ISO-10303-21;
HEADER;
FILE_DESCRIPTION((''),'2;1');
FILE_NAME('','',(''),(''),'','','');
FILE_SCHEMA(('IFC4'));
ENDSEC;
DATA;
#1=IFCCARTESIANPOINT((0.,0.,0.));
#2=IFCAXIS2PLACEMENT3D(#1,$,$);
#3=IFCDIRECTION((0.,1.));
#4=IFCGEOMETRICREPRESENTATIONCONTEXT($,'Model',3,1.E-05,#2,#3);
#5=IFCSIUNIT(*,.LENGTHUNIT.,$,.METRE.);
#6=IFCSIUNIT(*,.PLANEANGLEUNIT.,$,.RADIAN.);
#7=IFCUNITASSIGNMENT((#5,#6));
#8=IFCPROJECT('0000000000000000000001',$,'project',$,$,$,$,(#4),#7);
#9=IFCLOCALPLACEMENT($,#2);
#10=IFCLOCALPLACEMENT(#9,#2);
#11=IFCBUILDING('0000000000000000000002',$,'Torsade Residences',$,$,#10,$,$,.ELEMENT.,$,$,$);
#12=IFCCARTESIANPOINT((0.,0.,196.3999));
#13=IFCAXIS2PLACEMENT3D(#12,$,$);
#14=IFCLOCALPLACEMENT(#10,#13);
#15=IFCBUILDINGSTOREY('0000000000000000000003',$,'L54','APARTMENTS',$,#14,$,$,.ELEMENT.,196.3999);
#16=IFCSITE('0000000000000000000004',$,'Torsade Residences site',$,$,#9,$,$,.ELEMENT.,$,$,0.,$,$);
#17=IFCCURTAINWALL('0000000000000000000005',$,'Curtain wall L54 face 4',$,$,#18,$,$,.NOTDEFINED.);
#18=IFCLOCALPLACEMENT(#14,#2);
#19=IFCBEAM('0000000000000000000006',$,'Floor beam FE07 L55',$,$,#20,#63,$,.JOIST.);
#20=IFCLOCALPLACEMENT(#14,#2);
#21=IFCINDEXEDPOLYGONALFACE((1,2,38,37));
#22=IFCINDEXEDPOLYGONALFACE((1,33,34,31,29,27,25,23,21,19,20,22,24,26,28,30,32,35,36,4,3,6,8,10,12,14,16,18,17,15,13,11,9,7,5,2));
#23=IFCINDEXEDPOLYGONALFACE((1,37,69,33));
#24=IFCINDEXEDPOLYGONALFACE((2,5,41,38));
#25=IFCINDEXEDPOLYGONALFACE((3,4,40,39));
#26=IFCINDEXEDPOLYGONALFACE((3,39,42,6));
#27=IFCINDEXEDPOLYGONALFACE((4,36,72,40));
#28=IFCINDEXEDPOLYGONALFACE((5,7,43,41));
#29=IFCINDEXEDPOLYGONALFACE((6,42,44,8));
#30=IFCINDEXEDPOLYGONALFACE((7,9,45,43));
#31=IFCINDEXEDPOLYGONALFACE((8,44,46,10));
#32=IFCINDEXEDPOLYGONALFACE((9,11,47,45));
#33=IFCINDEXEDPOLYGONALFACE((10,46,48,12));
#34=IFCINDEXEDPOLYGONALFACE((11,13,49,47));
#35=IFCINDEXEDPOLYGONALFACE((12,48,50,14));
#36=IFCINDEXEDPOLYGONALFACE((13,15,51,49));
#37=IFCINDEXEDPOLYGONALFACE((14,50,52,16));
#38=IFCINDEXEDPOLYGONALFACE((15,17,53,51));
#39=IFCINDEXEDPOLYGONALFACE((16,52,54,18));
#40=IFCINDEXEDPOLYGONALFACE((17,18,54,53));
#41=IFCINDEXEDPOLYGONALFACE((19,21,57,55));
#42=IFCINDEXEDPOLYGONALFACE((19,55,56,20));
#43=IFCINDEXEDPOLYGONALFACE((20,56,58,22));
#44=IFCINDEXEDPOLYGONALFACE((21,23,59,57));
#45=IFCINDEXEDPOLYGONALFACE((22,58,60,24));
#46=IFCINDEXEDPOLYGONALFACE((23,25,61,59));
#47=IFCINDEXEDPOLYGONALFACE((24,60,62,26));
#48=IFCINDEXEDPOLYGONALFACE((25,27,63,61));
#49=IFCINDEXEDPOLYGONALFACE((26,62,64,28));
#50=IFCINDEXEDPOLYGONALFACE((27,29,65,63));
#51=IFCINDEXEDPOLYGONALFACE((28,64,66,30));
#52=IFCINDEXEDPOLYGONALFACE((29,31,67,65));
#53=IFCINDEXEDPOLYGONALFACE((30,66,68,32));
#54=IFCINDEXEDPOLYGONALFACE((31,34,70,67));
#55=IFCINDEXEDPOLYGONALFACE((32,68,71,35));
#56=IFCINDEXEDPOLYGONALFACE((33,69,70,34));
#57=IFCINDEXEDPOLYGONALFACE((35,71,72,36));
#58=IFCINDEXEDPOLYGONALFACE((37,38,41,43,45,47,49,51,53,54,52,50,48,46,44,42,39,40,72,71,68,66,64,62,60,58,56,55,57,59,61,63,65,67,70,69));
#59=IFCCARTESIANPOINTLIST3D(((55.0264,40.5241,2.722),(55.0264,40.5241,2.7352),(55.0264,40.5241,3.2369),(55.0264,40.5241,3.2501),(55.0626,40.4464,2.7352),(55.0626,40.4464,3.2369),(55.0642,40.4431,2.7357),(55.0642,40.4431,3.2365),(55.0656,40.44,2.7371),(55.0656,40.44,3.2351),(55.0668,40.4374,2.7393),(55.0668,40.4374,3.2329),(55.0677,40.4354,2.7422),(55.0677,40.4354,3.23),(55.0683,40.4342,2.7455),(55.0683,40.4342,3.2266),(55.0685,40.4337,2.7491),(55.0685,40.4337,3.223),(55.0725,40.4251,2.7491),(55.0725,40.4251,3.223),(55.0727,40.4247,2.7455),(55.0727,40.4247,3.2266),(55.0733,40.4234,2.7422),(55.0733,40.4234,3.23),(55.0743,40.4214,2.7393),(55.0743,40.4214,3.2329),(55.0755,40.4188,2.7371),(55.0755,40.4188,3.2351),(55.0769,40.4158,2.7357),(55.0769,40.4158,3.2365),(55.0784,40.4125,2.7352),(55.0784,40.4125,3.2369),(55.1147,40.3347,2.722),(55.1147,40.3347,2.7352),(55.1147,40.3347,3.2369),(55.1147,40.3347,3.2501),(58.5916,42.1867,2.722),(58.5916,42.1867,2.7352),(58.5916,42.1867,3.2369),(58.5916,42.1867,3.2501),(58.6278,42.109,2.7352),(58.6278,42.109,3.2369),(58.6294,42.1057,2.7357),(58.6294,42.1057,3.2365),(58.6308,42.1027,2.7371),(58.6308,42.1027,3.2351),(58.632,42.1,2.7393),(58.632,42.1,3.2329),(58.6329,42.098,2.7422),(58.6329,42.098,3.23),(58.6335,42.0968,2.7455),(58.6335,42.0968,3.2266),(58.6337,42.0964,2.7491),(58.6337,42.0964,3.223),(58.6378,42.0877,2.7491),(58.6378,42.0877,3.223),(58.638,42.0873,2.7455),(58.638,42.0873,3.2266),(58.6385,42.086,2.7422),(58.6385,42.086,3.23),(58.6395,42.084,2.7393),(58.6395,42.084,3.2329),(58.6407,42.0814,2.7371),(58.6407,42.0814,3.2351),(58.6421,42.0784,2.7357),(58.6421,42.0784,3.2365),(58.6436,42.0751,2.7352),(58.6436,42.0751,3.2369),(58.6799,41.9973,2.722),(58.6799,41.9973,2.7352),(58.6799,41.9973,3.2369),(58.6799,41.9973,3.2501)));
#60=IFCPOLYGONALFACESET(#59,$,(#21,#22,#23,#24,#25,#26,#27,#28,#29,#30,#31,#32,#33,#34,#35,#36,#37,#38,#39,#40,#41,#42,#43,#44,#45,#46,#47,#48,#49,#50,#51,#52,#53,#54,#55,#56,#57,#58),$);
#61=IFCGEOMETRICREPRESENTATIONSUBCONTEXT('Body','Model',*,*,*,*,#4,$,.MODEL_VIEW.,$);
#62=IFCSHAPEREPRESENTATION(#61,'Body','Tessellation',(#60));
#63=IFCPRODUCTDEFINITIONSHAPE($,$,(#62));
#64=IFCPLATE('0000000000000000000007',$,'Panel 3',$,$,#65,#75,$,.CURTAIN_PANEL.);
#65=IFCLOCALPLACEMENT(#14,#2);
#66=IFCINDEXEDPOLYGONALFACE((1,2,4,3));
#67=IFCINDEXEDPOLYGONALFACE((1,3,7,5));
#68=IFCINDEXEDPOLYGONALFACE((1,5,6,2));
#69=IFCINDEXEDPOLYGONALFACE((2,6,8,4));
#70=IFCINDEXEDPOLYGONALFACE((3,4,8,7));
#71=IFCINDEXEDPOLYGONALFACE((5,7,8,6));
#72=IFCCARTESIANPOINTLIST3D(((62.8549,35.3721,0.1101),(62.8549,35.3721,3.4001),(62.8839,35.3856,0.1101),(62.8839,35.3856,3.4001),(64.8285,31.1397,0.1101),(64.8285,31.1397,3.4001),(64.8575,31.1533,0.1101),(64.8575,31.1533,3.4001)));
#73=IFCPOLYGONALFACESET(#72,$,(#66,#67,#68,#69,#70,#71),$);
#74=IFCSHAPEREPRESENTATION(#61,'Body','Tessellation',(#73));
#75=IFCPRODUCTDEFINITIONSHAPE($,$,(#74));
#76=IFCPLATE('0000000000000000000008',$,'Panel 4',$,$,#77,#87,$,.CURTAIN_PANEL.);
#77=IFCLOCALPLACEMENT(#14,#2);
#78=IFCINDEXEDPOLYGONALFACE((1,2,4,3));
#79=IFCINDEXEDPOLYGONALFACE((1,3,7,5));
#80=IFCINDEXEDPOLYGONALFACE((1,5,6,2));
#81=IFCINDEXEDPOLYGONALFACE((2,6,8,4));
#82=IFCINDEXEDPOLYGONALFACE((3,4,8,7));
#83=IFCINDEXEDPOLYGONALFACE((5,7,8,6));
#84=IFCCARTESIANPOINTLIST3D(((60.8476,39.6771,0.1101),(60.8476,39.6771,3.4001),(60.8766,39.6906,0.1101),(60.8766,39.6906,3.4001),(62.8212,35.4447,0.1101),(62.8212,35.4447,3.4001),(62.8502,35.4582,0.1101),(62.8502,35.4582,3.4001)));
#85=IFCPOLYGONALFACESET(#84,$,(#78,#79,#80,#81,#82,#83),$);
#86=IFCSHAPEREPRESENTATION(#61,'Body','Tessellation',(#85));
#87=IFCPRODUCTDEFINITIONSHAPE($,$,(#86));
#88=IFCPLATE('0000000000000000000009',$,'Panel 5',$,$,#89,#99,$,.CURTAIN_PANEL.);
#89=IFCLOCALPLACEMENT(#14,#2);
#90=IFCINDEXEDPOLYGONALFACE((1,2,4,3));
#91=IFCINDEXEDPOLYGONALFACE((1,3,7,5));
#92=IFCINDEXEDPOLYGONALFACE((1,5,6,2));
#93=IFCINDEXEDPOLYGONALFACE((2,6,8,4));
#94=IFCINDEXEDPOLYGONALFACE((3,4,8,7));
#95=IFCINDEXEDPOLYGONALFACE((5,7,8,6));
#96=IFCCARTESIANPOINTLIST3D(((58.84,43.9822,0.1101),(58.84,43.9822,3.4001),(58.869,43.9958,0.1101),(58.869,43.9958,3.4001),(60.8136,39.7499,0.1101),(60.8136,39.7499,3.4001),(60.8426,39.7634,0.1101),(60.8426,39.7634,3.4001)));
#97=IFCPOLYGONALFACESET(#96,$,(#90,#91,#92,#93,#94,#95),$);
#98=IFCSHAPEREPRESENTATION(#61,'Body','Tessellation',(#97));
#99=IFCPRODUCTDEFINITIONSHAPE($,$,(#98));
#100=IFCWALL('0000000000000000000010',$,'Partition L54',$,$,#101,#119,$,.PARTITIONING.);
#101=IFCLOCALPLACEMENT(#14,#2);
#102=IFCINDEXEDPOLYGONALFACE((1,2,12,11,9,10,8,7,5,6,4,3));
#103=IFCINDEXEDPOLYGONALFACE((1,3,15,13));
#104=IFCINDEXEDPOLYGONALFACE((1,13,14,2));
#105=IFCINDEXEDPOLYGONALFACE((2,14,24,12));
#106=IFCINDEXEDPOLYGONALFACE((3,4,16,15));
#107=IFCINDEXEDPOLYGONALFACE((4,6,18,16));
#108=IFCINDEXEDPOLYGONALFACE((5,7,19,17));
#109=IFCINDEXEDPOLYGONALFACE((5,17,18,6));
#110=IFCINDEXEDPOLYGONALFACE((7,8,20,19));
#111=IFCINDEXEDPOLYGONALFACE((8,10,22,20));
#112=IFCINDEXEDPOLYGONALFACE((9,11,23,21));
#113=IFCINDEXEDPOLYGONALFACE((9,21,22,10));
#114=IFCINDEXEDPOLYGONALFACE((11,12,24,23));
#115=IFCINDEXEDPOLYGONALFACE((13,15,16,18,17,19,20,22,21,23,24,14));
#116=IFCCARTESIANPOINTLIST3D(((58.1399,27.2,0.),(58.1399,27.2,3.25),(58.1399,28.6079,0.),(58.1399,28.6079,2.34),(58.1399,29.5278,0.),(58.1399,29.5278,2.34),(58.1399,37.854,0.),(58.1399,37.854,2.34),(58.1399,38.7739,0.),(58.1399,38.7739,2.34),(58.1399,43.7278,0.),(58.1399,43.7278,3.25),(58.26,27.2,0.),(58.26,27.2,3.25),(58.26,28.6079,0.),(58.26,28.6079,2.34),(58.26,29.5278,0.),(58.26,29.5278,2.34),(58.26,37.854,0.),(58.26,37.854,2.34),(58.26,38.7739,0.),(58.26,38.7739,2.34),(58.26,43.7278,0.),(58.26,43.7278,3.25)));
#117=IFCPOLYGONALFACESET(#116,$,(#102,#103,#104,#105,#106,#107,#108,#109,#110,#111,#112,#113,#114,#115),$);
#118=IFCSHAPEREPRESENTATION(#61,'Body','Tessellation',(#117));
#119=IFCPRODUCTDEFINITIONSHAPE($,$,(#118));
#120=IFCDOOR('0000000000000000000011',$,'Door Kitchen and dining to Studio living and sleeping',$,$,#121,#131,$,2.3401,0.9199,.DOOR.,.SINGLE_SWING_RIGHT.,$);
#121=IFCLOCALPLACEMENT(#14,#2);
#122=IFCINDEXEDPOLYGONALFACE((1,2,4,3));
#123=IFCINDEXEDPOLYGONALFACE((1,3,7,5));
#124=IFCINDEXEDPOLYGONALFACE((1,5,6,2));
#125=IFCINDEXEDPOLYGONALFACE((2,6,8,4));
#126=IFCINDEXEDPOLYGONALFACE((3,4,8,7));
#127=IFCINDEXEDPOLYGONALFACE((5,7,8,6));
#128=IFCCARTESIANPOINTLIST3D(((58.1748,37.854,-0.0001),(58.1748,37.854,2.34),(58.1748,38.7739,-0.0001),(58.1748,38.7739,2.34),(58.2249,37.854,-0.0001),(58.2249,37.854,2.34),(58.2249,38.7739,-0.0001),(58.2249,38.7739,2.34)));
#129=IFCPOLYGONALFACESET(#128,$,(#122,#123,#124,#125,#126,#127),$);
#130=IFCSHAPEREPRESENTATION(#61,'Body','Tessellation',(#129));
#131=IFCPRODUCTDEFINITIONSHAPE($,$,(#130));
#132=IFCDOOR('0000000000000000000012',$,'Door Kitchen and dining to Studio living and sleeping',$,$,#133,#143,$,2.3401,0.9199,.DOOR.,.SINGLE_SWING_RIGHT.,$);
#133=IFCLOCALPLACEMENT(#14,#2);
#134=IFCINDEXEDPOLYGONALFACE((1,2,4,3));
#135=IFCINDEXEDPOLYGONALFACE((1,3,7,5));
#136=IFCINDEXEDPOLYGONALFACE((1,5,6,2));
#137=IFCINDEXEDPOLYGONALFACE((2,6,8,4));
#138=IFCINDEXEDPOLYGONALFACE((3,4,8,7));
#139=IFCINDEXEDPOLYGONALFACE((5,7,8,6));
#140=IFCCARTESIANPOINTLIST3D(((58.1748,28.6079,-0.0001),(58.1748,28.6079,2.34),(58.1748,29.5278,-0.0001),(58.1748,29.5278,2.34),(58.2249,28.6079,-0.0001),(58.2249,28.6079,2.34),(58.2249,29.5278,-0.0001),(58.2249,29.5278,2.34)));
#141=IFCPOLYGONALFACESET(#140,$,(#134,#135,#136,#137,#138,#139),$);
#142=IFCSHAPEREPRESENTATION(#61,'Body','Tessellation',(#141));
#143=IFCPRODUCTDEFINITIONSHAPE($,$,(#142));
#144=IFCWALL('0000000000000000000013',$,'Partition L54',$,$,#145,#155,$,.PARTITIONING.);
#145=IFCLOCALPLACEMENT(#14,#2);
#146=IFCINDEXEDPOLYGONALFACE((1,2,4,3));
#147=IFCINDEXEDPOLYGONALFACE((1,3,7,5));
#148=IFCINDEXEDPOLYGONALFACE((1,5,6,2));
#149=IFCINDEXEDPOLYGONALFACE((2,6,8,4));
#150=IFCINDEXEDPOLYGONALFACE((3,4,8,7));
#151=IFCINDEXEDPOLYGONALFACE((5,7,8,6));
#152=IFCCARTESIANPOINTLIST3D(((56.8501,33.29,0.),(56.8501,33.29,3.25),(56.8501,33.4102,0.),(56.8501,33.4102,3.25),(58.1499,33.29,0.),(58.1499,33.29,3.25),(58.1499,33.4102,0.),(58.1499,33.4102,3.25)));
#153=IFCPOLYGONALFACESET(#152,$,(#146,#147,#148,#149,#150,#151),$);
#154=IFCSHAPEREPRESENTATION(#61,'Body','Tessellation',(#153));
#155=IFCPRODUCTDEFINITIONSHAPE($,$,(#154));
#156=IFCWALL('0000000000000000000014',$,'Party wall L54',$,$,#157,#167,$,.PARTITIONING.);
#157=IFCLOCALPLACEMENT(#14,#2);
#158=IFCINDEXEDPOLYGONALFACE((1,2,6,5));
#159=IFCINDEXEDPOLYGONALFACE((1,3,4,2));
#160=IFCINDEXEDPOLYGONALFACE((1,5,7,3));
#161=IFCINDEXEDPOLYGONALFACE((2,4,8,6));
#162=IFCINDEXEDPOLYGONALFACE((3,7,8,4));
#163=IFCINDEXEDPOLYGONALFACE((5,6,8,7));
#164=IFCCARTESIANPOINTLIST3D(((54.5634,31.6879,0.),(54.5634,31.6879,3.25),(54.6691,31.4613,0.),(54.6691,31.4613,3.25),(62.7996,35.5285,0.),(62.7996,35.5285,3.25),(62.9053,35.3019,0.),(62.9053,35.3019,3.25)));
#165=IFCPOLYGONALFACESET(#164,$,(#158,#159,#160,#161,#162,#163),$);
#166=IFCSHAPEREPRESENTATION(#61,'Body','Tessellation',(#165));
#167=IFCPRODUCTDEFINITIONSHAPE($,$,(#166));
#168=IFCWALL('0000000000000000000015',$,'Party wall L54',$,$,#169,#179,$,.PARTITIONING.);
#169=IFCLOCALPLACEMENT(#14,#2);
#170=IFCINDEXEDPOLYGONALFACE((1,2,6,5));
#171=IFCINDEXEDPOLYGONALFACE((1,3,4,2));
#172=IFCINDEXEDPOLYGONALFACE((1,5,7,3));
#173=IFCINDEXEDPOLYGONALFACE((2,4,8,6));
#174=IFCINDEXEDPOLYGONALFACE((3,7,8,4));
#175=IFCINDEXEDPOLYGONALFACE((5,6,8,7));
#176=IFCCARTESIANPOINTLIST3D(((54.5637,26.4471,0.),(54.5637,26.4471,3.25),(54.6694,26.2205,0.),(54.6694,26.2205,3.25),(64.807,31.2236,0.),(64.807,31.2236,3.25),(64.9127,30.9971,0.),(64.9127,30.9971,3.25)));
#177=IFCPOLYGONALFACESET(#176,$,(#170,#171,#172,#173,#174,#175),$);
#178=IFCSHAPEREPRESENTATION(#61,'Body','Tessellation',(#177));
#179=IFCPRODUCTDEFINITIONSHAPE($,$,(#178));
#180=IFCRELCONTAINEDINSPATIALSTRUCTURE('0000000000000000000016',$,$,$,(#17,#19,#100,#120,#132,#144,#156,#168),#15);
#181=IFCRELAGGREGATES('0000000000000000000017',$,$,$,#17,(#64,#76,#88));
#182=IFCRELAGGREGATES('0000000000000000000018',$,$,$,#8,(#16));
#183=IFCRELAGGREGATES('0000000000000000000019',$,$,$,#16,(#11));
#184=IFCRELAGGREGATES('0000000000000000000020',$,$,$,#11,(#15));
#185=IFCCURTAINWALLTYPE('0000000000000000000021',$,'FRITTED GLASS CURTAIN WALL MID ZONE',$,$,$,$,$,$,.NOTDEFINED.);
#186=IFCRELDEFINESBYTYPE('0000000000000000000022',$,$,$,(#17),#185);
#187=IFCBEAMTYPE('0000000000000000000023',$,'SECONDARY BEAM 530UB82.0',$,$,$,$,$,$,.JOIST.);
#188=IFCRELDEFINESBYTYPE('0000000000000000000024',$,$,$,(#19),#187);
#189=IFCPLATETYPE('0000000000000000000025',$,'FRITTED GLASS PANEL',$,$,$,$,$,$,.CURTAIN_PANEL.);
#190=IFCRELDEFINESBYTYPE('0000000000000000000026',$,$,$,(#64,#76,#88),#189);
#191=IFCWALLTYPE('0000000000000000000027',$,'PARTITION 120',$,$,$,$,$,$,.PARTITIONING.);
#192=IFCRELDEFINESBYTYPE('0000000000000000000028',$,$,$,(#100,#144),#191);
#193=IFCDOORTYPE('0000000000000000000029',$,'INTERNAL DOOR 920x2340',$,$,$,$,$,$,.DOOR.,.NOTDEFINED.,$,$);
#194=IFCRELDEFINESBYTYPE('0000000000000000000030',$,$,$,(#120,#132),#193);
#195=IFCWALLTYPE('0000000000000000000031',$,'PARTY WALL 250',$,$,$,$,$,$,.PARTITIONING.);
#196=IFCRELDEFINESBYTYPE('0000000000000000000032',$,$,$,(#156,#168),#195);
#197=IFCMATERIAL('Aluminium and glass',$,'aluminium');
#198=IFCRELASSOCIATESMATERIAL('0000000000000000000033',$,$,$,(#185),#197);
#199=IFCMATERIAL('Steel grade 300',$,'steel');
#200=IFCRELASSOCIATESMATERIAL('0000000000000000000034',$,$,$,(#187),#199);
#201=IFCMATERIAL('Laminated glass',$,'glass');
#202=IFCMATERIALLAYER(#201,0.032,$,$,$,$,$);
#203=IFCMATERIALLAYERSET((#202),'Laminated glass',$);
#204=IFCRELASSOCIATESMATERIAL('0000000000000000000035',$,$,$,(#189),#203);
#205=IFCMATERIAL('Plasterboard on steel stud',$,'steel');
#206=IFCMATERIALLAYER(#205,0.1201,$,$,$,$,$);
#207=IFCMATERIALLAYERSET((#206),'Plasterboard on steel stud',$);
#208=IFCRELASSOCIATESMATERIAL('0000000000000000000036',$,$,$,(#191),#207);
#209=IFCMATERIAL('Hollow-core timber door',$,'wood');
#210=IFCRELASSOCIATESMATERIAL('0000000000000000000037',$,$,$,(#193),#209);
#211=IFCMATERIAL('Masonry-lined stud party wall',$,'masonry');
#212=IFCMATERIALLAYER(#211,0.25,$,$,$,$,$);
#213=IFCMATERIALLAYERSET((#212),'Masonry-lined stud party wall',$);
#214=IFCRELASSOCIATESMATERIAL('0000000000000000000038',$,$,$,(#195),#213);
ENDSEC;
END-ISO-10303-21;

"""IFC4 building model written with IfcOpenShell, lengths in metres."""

from ifc_helpers import new_model, si_unit, direction, frame, frame_2d, origin, origin_2d, place, context, subcontext, project, spatial, rectangle, i_section, extrude, material, layer, layer_set, material_profile, profile_set, type_object, element, fill, aggregate, save


model = new_model("IFC4")

# Units and contexts
model_context = context("Model", 3, precision=1e-05, world=origin(), true_north=direction((0.0, 1.0)))
body_context = subcontext(model_context, "Body", "Model", "MODEL_VIEW")
ifc_project = project(units=[si_unit("LENGTHUNIT", "METRE"), si_unit("PLANEANGLEUNIT", "RADIAN")], contexts=[model_context])

# Site, building, storey
site_placement = place(None, origin())
site = spatial("IfcSite", under=ifc_project, at=site_placement, Name="Torsade Residences site", CompositionType="ELEMENT", RefElevation=0.0)
building_placement = place(site_placement, origin())
building = spatial("IfcBuilding", under=site, at=building_placement, Name="Torsade Residences", CompositionType="ELEMENT")
storey_placement = place(building_placement, frame((0.0, 0.0, 196.3999)))
storey = spatial("IfcBuildingStorey", under=building, at=storey_placement, Name="L54", Description="APARTMENTS", CompositionType="ELEMENT", Elevation=196.3999)

# Curtain wall
ifc_material_1 = material(Name="Aluminium and glass", Category="aluminium")
curtain_wall_type = type_object("IfcCurtainWallType", Name="FRITTED GLASS CURTAIN WALL MID ZONE", PredefinedType="NOTDEFINED", material=ifc_material_1)
curtain_wall_placement = place(storey_placement, origin())
curtain_wall = element("IfcCurtainWall", 1, at=curtain_wall_placement, inside=storey, type_object=curtain_wall_type, Name="Curtain wall L54 face 4", PredefinedType="NOTDEFINED")

# Beam
ifc_material_2 = material(Name="Steel grade 300", Category="steel")
ifc_material_profile_1 = material_profile(ifc_material_2, i_section(OverallWidth=0.209, OverallDepth=0.5281, WebThickness=0.0095, FlangeThickness=0.0132, FilletRadius=0.0139, at=origin_2d()), Name="530UB82.0")
ifc_profile_set_1 = profile_set([ifc_material_profile_1], Name="Steel grade 300")
beam_type_1 = type_object("IfcBeamType", Name="SECONDARY BEAM 530UB82.0", PredefinedType="JOIST", material=ifc_profile_set_1)
beam_1_placement = place(storey_placement, frame((58.6357, 42.092, 2.9861), z_axis=(-0.906296, -0.422644, 0.0), x_axis=(0.422644, -0.906296, 0.0)))
element("IfcBeam", 2, at=beam_1_placement, inside=storey, type_object=beam_type_1, Name="Floor beam FE07 L55", PredefinedType="JOIST", context=body_context, shape_type="SweptSolid", body=[
    extrude(i_section(OverallWidth=0.209, OverallDepth=0.5281, WebThickness=0.0095, FlangeThickness=0.0132, FilletRadius=0.0139, at=origin_2d()), origin(), (0.0, 0.0, 1.0), 3.9338),
])

# Plates
ifc_material_3 = material(Name="Laminated glass", Category="glass")
ifc_layer_1 = layer(ifc_material_3, 0.032)
ifc_layer_set_1 = layer_set([ifc_layer_1], Name="Laminated glass")
plate_type = type_object("IfcPlateType", Name="FRITTED GLASS PANEL", PredefinedType="CURTAIN_PANEL", material=ifc_layer_set_1)
plate_1_placement = place(storey_placement, frame((63.8562, 33.2627, 0.1101), z_axis=(0.0, 0.0, 1.0), x_axis=(-0.422618, 0.906308, 0.0)))
plate_1 = element("IfcPlate", 3, at=plate_1_placement, type_object=plate_type, Name="Panel 3", PredefinedType="CURTAIN_PANEL", context=body_context, shape_type="SweptSolid", body=[
    extrude(rectangle(XDim=4.6699, YDim=0.032, at=origin_2d()), origin(), (0.0, 0.0, 1.0), 3.29),
])
plate_2_placement = place(storey_placement, frame((61.8489, 37.5676, 0.1101), z_axis=(0.0, 0.0, 1.0), x_axis=(-0.422618, 0.906308, 0.0)))
plate_2 = element("IfcPlate", 4, at=plate_2_placement, type_object=plate_type, Name="Panel 4", PredefinedType="CURTAIN_PANEL", context=body_context, shape_type="SweptSolid", body=[
    extrude(rectangle(XDim=4.6699, YDim=0.032, at=origin_2d()), origin(), (0.0, 0.0, 1.0), 3.29),
])
plate_3_placement = place(storey_placement, frame((59.8413, 41.8728, 0.1101), z_axis=(0.0, 0.0, 1.0), x_axis=(-0.422618, 0.906308, 0.0)))
plate_3 = element("IfcPlate", 5, at=plate_3_placement, type_object=plate_type, Name="Panel 5", PredefinedType="CURTAIN_PANEL", context=body_context, shape_type="SweptSolid", body=[
    extrude(rectangle(XDim=4.6699, YDim=0.032, at=origin_2d()), origin(), (0.0, 0.0, 1.0), 3.29),
])
aggregate(curtain_wall, [plate_1, plate_2, plate_3])

# Wall, openings, doors
ifc_material_4 = material(Name="Plasterboard on steel stud", Category="steel")
ifc_layer_2 = layer(ifc_material_4, 0.1201)
ifc_layer_set_2 = layer_set([ifc_layer_2], Name="Plasterboard on steel stud")
wall_type_1 = type_object("IfcWallType", Name="PARTITION 120", PredefinedType="PARTITIONING", material=ifc_layer_set_2)
wall_1_placement = place(storey_placement, frame((58.2, 43.7278, 0.0), z_axis=(0.0, 0.0, 1.0), x_axis=(0.0, -1.0, 0.0)))
wall_1 = element("IfcWall", 6, at=wall_1_placement, inside=storey, type_object=wall_type_1, Name="Partition L54", PredefinedType="PARTITIONING", context=body_context, shape_type="SweptSolid", body=[
    extrude(rectangle(XDim=16.5278, YDim=0.1201, at=frame_2d((8.2639, 0.0))), origin(), (0.0, 0.0, 1.0), 3.25),
])
opening_1_placement = place(wall_1_placement, frame((4.9539, 0.0, 0.0)))
opening_1 = element("IfcOpeningElement", 7, at=opening_1_placement, cuts=wall_1, PredefinedType="OPENING", context=body_context, shape_type="SweptSolid", body=[
    extrude(rectangle(XDim=0.9199, YDim=2.3401, at=frame_2d((0.46, 1.1699))), frame((0.0, 0.0701, 0.0), z_axis=(0.0, -1.0, 0.0), x_axis=(1.0, 0.0, 0.0)), (0.0, 0.0, 1.0), 0.1401),
])
opening_2_placement = place(wall_1_placement, frame((14.2, 0.0, 0.0)))
opening_2 = element("IfcOpeningElement", 8, at=opening_2_placement, cuts=wall_1, PredefinedType="OPENING", context=body_context, shape_type="SweptSolid", body=[
    extrude(rectangle(XDim=0.9199, YDim=2.3401, at=frame_2d((0.46, 1.1699))), frame((0.0, 0.0701, 0.0), z_axis=(0.0, -1.0, 0.0), x_axis=(1.0, 0.0, 0.0)), (0.0, 0.0, 1.0), 0.1401),
])
ifc_material_5 = material(Name="Hollow-core timber door", Category="wood")
door_type = type_object("IfcDoorType", Name="INTERNAL DOOR 920x2340", OperationType="NOTDEFINED", PredefinedType="DOOR", material=ifc_material_5)
door_1_placement = place(opening_1_placement, origin())
door_1 = element("IfcDoor", 9, at=door_1_placement, inside=storey, type_object=door_type, Name="Door Kitchen and dining to Studio living and sleeping", OperationType="SINGLE_SWING_RIGHT", OverallHeight=2.3401, OverallWidth=0.9199, PredefinedType="DOOR", context=body_context, shape_type="SweptSolid", body=[
    extrude(rectangle(XDim=0.9199, YDim=2.3401, at=frame_2d((0.46, 1.1699))), frame((0.0, 0.0249, 0.0), z_axis=(0.0, -1.0, 0.0), x_axis=(1.0, 0.0, 0.0)), (0.0, 0.0, 1.0), 0.05),
])
fill(opening_1, door_1)
door_2_placement = place(opening_2_placement, origin())
door_2 = element("IfcDoor", 10, at=door_2_placement, inside=storey, type_object=door_type, Name="Door Kitchen and dining to Studio living and sleeping", OperationType="SINGLE_SWING_RIGHT", OverallHeight=2.3401, OverallWidth=0.9199, PredefinedType="DOOR", context=body_context, shape_type="SweptSolid", body=[
    extrude(rectangle(XDim=0.9199, YDim=2.3401, at=frame_2d((0.46, 1.1699))), frame((0.0, 0.0249, 0.0), z_axis=(0.0, -1.0, 0.0), x_axis=(1.0, 0.0, 0.0)), (0.0, 0.0, 1.0), 0.05),
])
fill(opening_2, door_2)

# Walls
wall_2_placement = place(storey_placement, frame((58.1499, 33.3501, 0.0), z_axis=(0.0, 0.0, 1.0), x_axis=(-1.0, 0.0, 0.0)))
element("IfcWall", 11, at=wall_2_placement, inside=storey, type_object=wall_type_1, Name="Partition L54", PredefinedType="PARTITIONING", context=body_context, shape_type="SweptSolid", body=[
    extrude(rectangle(XDim=1.2998, YDim=0.1201, at=frame_2d((0.6499, 0.0))), origin(), (0.0, 0.0, 1.0), 3.25),
])
ifc_material_6 = material(Name="Masonry-lined stud party wall", Category="masonry")
ifc_layer_3 = layer(ifc_material_6, 0.25)
ifc_layer_set_3 = layer_set([ifc_layer_3], Name="Masonry-lined stud party wall")
wall_type_2 = type_object("IfcWallType", Name="PARTY WALL 250", PredefinedType="PARTITIONING", material=ifc_layer_set_3)
wall_3_placement = place(storey_placement, frame((62.8525, 35.4153, 0.0), z_axis=(0.0, 0.0, 1.0), x_axis=(-0.906307, -0.422621, 0.0)))
element("IfcWall", 12, at=wall_3_placement, inside=storey, type_object=wall_type_2, Name="Party wall L54", PredefinedType="PARTITIONING", context=body_context, shape_type="SweptSolid", body=[
    extrude(rectangle(XDim=9.0876, YDim=0.25, at=frame_2d((4.5439, 0.0))), origin(), (0.0, 0.0, 1.0), 3.25),
])
wall_4_placement = place(storey_placement, frame((64.8599, 31.1104, 0.0), z_axis=(0.0, 0.0, 1.0), x_axis=(-0.906307, -0.422621, 0.0)))
element("IfcWall", 13, at=wall_4_placement, inside=storey, type_object=wall_type_2, Name="Party wall L54", PredefinedType="PARTITIONING", context=body_context, shape_type="SweptSolid", body=[
    extrude(rectangle(XDim=11.3022, YDim=0.25, at=frame_2d((5.6511, 0.0))), origin(), (0.0, 0.0, 1.0), 3.25),
])

save(model, "model.ifc")
